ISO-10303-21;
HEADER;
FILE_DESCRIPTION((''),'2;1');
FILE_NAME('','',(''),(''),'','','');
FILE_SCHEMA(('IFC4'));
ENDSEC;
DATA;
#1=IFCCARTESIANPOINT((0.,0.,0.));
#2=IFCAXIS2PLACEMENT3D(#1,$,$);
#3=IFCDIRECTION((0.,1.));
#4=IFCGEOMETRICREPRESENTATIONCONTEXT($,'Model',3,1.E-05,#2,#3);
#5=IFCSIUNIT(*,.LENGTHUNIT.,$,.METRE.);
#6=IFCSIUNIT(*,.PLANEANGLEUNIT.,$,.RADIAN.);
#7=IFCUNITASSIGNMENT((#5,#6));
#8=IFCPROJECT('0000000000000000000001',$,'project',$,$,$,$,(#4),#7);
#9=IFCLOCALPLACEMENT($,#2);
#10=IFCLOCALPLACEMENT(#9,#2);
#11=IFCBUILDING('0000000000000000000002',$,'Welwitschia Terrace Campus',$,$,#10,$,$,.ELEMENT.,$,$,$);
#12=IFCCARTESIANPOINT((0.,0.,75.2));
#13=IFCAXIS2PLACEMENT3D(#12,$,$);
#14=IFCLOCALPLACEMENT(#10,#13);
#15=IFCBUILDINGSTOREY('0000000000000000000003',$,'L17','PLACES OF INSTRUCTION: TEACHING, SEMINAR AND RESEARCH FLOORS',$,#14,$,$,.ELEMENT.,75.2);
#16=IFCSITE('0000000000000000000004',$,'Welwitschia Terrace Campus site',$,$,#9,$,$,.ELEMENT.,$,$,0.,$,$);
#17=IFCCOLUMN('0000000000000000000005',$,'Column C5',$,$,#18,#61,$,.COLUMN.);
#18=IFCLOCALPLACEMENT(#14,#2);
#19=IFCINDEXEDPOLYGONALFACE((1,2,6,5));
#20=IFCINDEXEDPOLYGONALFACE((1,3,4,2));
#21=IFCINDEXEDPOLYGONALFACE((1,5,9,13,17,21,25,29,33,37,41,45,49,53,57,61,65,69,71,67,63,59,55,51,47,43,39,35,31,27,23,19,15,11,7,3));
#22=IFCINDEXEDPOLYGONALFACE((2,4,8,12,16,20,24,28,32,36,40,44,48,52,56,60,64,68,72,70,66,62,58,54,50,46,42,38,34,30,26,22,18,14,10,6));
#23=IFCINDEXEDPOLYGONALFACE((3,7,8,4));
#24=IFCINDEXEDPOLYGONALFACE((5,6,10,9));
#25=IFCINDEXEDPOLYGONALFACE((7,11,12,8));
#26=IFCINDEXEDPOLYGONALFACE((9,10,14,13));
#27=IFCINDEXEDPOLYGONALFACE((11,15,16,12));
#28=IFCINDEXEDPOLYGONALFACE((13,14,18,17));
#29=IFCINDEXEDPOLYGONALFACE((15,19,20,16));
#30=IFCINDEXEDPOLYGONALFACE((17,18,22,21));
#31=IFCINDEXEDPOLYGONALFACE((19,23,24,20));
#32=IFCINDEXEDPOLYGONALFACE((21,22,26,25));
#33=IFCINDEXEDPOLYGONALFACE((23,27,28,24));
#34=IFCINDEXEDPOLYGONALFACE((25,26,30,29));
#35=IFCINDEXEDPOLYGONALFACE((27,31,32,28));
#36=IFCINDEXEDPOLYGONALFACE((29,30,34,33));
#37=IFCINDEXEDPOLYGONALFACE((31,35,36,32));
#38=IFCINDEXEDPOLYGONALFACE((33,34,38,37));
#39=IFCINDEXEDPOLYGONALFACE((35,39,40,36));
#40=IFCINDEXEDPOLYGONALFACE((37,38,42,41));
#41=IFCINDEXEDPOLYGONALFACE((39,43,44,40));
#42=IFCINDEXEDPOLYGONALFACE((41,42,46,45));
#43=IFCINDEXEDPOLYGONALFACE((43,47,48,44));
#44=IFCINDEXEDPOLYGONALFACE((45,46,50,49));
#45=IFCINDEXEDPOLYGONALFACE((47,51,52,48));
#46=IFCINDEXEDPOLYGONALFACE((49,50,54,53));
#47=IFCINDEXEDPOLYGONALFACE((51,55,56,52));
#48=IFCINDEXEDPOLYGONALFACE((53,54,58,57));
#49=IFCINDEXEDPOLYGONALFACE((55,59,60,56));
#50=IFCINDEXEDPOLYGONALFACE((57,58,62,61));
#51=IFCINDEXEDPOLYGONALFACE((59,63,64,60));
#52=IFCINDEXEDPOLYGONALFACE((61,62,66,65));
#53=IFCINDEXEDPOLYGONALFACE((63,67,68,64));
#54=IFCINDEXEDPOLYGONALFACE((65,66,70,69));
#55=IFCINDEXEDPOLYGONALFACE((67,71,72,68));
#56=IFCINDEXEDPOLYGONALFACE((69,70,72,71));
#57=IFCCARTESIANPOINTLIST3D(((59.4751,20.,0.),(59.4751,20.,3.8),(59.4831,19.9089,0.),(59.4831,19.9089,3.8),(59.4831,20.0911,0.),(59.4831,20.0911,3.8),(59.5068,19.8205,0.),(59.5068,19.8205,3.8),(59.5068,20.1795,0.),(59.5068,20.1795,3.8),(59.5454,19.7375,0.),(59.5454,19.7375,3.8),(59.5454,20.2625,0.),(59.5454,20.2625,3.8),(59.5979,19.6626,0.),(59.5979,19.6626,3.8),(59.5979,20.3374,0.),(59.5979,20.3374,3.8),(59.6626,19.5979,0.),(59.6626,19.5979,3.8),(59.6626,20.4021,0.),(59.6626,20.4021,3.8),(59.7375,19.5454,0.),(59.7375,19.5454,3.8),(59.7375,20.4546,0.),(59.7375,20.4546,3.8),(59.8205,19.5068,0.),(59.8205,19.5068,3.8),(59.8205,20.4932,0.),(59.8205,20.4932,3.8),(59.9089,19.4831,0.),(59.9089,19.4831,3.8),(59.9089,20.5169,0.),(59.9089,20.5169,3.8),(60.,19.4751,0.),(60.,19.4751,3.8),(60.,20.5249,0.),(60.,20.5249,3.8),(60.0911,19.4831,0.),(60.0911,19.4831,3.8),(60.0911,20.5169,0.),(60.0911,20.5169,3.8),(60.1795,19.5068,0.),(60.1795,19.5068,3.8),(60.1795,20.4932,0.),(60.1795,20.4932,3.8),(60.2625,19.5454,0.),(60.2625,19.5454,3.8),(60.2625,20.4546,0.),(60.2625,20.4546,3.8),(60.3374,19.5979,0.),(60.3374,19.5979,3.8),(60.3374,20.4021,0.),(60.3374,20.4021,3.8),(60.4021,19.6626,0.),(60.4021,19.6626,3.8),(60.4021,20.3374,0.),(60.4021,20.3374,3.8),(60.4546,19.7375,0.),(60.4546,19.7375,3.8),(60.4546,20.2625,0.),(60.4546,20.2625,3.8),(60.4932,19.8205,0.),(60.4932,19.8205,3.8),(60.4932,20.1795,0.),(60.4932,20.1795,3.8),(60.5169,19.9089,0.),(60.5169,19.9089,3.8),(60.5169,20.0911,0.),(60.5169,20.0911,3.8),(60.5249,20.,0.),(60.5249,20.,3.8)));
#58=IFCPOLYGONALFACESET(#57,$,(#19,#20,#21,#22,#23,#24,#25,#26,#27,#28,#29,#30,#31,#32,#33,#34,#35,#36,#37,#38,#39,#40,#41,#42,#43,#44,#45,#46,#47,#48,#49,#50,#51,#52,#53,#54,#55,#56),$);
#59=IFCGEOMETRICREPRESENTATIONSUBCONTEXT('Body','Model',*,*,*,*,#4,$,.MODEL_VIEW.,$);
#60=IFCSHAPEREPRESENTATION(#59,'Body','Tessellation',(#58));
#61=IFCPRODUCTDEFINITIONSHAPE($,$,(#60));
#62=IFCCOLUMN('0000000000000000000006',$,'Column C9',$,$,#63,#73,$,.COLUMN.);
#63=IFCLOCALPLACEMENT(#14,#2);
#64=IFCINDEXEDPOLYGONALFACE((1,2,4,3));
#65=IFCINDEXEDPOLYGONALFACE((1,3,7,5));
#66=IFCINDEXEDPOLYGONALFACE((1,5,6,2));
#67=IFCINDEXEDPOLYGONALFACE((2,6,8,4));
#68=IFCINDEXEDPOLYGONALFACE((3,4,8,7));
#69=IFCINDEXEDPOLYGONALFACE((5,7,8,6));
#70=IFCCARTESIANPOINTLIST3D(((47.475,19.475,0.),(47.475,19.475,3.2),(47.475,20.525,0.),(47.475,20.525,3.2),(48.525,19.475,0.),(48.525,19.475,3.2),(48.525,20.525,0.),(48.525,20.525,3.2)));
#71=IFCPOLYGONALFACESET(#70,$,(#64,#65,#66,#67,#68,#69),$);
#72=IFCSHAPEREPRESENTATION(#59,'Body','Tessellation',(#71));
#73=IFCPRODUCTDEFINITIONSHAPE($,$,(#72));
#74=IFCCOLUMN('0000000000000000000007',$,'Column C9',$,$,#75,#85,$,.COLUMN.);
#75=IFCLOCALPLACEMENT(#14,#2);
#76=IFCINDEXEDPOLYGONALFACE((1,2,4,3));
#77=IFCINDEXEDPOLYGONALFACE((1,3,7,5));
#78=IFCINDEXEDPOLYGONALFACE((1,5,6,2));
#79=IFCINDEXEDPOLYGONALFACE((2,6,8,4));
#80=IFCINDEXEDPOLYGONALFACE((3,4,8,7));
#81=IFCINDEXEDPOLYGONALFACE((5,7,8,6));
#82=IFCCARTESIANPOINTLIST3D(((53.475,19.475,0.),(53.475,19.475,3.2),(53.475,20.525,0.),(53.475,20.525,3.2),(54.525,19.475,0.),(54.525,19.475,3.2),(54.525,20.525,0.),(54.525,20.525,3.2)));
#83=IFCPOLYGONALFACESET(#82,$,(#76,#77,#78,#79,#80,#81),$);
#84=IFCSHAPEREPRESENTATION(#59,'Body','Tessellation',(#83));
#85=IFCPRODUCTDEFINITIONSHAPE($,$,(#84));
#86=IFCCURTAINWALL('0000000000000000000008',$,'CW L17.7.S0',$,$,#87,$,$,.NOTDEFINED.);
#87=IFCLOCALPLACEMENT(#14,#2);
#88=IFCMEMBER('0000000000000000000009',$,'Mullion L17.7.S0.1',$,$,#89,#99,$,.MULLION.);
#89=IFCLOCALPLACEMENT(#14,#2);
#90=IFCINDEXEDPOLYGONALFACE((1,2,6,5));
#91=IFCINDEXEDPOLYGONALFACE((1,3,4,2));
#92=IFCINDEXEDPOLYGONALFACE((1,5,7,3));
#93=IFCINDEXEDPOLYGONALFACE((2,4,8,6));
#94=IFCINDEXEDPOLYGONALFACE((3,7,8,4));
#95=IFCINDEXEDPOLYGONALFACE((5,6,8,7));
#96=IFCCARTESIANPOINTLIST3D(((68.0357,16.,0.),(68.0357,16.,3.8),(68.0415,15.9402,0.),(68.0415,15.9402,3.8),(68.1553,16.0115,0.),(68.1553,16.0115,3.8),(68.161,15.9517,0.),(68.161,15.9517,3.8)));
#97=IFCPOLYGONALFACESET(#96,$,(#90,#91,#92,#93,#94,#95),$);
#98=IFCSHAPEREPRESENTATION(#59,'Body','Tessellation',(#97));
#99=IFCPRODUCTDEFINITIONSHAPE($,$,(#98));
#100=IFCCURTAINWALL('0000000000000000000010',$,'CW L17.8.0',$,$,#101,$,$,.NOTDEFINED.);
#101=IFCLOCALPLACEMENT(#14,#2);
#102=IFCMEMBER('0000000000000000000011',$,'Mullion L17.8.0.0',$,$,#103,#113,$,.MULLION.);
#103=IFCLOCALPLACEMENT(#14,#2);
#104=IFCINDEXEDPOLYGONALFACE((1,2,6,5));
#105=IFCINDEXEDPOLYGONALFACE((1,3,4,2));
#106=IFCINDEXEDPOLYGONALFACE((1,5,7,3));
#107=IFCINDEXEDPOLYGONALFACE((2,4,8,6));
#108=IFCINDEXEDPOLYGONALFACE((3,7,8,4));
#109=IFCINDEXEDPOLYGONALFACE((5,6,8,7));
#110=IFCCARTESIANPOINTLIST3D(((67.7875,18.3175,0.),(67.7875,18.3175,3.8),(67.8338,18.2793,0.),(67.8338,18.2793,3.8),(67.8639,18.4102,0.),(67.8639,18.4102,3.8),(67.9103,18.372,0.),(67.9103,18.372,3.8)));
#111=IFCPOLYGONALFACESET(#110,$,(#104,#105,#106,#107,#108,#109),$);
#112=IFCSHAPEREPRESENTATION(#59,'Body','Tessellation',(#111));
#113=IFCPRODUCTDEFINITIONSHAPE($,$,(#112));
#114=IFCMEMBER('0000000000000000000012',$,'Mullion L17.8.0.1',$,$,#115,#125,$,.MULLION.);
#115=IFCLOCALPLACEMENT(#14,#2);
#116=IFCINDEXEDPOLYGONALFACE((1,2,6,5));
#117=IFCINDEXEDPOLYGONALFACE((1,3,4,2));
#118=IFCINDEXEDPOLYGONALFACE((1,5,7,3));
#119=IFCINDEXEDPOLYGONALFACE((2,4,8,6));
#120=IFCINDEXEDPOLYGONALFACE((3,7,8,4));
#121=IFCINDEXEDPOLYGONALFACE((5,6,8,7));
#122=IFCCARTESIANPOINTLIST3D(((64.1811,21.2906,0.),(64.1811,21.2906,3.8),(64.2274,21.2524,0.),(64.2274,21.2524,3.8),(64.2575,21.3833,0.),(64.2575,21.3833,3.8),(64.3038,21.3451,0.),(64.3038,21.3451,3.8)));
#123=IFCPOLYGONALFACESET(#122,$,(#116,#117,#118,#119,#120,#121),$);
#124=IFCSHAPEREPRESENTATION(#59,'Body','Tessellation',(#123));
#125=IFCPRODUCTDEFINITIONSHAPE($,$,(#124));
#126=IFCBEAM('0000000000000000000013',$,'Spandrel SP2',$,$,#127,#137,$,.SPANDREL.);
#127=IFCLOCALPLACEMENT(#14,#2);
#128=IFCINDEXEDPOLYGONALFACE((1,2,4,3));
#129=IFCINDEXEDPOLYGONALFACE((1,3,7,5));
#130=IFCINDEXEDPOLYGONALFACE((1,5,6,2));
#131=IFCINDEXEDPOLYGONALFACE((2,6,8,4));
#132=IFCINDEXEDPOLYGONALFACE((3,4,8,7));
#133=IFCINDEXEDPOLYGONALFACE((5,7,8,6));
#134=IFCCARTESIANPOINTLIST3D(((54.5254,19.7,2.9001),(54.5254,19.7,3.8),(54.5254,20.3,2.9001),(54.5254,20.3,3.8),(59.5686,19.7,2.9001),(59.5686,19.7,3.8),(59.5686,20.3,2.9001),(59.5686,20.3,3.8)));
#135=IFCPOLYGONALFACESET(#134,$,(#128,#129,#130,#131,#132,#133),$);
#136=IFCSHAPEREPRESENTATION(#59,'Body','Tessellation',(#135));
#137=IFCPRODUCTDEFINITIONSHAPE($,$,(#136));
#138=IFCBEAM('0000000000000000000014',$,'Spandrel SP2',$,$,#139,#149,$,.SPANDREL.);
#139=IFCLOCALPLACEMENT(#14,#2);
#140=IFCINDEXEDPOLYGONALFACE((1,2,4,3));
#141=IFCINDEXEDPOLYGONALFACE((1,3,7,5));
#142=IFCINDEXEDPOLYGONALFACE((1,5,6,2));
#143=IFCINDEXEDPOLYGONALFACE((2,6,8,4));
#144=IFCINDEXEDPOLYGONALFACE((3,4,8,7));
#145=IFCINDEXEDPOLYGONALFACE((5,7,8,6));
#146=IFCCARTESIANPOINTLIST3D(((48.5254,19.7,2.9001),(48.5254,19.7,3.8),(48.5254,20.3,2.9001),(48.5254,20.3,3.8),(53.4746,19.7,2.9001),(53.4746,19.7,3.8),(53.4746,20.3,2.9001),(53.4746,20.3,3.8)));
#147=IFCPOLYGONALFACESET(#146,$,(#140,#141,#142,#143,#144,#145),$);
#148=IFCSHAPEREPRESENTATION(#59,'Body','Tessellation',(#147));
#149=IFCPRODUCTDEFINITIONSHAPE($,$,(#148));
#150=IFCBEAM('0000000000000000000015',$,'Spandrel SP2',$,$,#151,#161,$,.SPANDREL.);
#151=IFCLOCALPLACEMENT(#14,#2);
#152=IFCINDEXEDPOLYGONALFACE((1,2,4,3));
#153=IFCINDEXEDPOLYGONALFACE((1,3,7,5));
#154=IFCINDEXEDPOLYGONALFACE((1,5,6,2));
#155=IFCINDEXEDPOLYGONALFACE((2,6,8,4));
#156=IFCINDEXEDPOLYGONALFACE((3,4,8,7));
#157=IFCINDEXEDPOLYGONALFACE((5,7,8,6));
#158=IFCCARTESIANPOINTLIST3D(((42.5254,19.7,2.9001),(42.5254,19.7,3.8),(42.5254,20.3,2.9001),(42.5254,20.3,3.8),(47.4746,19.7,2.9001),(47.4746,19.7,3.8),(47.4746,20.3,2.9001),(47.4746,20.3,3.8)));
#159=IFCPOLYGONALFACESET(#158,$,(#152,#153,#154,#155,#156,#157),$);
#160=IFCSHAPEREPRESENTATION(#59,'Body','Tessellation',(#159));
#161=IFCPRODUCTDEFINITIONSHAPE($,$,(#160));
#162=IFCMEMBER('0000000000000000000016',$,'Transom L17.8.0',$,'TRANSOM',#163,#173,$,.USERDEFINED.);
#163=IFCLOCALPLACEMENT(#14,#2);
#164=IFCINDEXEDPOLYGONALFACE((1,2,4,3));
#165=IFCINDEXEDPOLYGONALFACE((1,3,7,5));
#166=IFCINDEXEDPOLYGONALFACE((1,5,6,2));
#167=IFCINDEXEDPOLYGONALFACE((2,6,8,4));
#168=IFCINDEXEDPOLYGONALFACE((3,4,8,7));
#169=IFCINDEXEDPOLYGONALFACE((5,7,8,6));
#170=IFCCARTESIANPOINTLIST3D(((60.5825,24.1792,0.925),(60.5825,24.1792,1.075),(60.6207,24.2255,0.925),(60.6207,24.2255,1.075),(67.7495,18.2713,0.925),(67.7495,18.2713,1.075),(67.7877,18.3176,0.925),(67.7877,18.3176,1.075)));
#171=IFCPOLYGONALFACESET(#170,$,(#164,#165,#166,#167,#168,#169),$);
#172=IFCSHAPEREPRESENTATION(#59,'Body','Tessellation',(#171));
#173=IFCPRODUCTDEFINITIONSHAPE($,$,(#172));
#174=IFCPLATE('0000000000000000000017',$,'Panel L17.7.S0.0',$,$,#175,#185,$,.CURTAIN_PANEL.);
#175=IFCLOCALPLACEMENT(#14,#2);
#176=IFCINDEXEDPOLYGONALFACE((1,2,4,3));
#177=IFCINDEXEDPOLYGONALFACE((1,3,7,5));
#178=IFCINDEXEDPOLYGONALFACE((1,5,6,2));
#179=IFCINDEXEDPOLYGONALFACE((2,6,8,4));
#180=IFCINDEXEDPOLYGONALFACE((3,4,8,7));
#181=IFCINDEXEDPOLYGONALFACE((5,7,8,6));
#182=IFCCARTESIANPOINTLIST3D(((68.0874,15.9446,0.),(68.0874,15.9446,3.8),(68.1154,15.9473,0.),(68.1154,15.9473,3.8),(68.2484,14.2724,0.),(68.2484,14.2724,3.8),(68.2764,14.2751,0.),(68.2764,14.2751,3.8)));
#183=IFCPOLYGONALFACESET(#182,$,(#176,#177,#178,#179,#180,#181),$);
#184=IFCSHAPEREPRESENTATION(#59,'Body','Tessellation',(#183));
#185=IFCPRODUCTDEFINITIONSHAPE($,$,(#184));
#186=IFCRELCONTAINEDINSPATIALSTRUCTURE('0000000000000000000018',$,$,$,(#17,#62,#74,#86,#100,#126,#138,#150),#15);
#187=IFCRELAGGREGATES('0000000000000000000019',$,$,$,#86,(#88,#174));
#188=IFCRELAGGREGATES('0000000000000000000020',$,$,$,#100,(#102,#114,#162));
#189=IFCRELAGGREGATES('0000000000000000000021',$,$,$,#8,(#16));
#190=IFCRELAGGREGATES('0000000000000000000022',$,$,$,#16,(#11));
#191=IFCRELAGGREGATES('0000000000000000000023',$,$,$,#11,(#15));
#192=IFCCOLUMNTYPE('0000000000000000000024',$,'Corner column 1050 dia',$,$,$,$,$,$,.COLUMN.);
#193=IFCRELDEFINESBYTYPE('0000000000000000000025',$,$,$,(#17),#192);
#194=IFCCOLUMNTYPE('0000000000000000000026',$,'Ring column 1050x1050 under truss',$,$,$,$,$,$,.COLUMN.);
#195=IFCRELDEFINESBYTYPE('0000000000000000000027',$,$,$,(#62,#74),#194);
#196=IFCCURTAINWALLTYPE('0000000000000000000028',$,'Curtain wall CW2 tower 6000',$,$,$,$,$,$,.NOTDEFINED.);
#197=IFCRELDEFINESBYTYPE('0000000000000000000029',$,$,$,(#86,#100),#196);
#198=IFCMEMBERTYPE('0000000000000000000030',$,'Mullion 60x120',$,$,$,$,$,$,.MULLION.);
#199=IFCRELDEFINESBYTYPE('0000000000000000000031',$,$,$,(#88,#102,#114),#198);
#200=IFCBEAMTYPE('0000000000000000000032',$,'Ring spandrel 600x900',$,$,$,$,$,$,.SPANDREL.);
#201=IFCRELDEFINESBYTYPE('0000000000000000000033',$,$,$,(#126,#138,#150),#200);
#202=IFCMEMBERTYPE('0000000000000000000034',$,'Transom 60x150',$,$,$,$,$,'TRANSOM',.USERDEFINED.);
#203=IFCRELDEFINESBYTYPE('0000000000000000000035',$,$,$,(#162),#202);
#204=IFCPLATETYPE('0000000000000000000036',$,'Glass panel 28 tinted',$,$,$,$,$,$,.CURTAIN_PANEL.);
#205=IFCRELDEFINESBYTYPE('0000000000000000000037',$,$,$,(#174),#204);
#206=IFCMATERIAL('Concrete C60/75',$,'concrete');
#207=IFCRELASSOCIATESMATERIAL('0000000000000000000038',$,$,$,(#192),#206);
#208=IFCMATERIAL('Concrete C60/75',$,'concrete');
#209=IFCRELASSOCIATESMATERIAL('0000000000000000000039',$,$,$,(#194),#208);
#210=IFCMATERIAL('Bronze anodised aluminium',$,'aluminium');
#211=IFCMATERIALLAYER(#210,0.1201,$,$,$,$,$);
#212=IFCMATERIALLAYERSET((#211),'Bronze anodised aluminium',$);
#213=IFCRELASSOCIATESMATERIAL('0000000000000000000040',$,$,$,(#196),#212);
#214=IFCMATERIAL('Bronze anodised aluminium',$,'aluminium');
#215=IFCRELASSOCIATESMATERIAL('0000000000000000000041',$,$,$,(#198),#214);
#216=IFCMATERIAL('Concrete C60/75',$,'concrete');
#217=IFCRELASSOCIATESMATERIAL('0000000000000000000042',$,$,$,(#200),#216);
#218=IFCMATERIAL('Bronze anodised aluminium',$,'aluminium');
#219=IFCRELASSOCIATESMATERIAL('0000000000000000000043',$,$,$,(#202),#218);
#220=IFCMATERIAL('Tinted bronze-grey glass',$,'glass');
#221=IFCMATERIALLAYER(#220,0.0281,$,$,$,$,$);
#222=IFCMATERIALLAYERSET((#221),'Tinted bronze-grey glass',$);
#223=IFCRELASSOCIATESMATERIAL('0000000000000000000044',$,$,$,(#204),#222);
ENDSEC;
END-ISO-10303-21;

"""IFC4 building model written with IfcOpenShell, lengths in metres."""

from ifc_helpers import new_model, si_unit, direction, frame, origin, origin_2d, place, context, subcontext, project, spatial, rectangle, circle, extrude, material, layer, layer_set, material_profile, profile_set, type_object, element, aggregate, save


model = new_model("IFC4")

# Units and contexts
model_context = context("Model", 3, precision=1e-05, world=origin(), true_north=direction((0.0, 1.0)))
body_context = subcontext(model_context, "Body", "Model", "MODEL_VIEW")
ifc_project = project(units=[si_unit("LENGTHUNIT", "METRE"), si_unit("PLANEANGLEUNIT", "RADIAN")], contexts=[model_context])

# Site, building, storey
site_placement = place(None, origin())
site = spatial("IfcSite", under=ifc_project, at=site_placement, Name="Welwitschia Terrace Campus site", CompositionType="ELEMENT", RefElevation=0.0)
building_placement = place(site_placement, origin())
building = spatial("IfcBuilding", under=site, at=building_placement, Name="Welwitschia Terrace Campus", CompositionType="ELEMENT")
storey_placement = place(building_placement, frame((0.0, 0.0, 75.2)))
storey = spatial("IfcBuildingStorey", under=building, at=storey_placement, Name="L17", Description="PLACES OF INSTRUCTION: TEACHING, SEMINAR AND RESEARCH FLOORS", CompositionType="ELEMENT", Elevation=75.2)

# Columns
ifc_material_1 = material(Name="Concrete C60/75", Category="concrete")
ifc_material_profile_1 = material_profile(ifc_material_1, circle(Radius=0.5249, at=origin_2d()))
ifc_profile_set_1 = profile_set([ifc_material_profile_1], Name="Concrete C60/75")
column_type_1 = type_object("IfcColumnType", Name="Corner column 1050 dia", PredefinedType="COLUMN", material=ifc_profile_set_1)
column_placement = place(storey_placement, frame((60.0, 20.0, 0.0), z_axis=(0.0, 0.0, 1.0), x_axis=(1.0, 0.0, 0.0)))
element("IfcColumn", 1, at=column_placement, inside=storey, type_object=column_type_1, Name="Column C5", PredefinedType="COLUMN", context=body_context, shape_type="SweptSolid", body=[
    extrude(circle(Radius=0.5249, at=origin_2d()), origin(), (0.0, 0.0, 1.0), 3.8),
])
ifc_material_2 = material(Name="Concrete C60/75", Category="concrete")
ifc_material_profile_2 = material_profile(ifc_material_2, rectangle(XDim=1.05, YDim=1.05, at=origin_2d()))
ifc_profile_set_2 = profile_set([ifc_material_profile_2], Name="Concrete C60/75")
column_type_2 = type_object("IfcColumnType", Name="Ring column 1050x1050 under truss", PredefinedType="COLUMN", material=ifc_profile_set_2)
for number, where, z_axis, x_axis, name in (
    (2, (48.0, 20.0, 0.0), (0.0, 0.0, 1.0), (1.0, 0.0, 0.0), "Column C9"),
    (3, (54.0, 20.0, 0.0), (0.0, 0.0, 1.0), (1.0, 0.0, 0.0), "Column C9"),
):
    element("IfcColumn", number, at=place(storey_placement, frame(where, z_axis=z_axis, x_axis=x_axis)), inside=storey, type_object=column_type_2, Name=name, PredefinedType="COLUMN", context=body_context, shape_type="SweptSolid", body=[
        extrude(rectangle(XDim=1.05, YDim=1.05, at=origin_2d()), origin(), (0.0, 0.0, 1.0), 3.2),
    ])

# Curtain wall, member
ifc_material_3 = material(Name="Bronze anodised aluminium", Category="aluminium")
ifc_layer_1 = layer(ifc_material_3, 0.1201)
ifc_layer_set_1 = layer_set([ifc_layer_1], Name="Bronze anodised aluminium")
curtain_wall_type = type_object("IfcCurtainWallType", Name="Curtain wall CW2 tower 6000", PredefinedType="NOTDEFINED", material=ifc_layer_set_1)
curtain_wall_1_placement = place(storey_placement, origin())
curtain_wall_1 = element("IfcCurtainWall", 4, at=curtain_wall_1_placement, inside=storey, type_object=curtain_wall_type, Name="CW L17.7.S0", PredefinedType="NOTDEFINED")
ifc_material_4 = material(Name="Bronze anodised aluminium", Category="aluminium")
ifc_material_profile_3 = material_profile(ifc_material_4, rectangle(XDim=0.1201, YDim=0.0601, at=origin_2d()))
ifc_profile_set_3 = profile_set([ifc_material_profile_3], Name="Bronze anodised aluminium")
member_type_1 = type_object("IfcMemberType", Name="Mullion 60x120", PredefinedType="MULLION", material=ifc_profile_set_3)
member_1_placement = place(storey_placement, frame((68.0984, 15.9758, 0.0), z_axis=(0.0, 0.0, 1.0), x_axis=(-0.995396, -0.095846, 0.0)))
member_1 = element("IfcMember", 5, at=member_1_placement, type_object=member_type_1, Name="Mullion L17.7.S0.1", PredefinedType="MULLION", context=body_context, shape_type="SweptSolid", body=[
    extrude(rectangle(XDim=0.1201, YDim=0.0601, at=origin_2d()), origin(), (0.0, 0.0, 1.0), 3.8),
])

# Curtain wall, members
curtain_wall_2_placement = place(storey_placement, origin())
curtain_wall_2 = element("IfcCurtainWall", 6, at=curtain_wall_2_placement, inside=storey, type_object=curtain_wall_type, Name="CW L17.8.0", PredefinedType="NOTDEFINED")
member_2_placement = place(storey_placement, frame((67.8489, 18.3447, 0.0), z_axis=(0.0, 0.0, 1.0), x_axis=(-0.636078, -0.771625, 0.0)))
member_2 = element("IfcMember", 7, at=member_2_placement, type_object=member_type_1, Name="Mullion L17.8.0.0", PredefinedType="MULLION", context=body_context, shape_type="SweptSolid", body=[
    extrude(rectangle(XDim=0.1201, YDim=0.0601, at=origin_2d()), origin(), (0.0, 0.0, 1.0), 3.8),
])
member_3_placement = place(storey_placement, frame((64.2424, 21.3179, 0.0), z_axis=(0.0, 0.0, 1.0), x_axis=(-0.636078, -0.771625, 0.0)))
member_3 = element("IfcMember", 8, at=member_3_placement, type_object=member_type_1, Name="Mullion L17.8.0.1", PredefinedType="MULLION", context=body_context, shape_type="SweptSolid", body=[
    extrude(rectangle(XDim=0.1201, YDim=0.0601, at=origin_2d()), origin(), (0.0, 0.0, 1.0), 3.8),
])

# Beams
ifc_material_5 = material(Name="Concrete C60/75", Category="concrete")
ifc_material_profile_4 = material_profile(ifc_material_5, rectangle(XDim=0.6001, YDim=0.8999, at=origin_2d()))
ifc_profile_set_4 = profile_set([ifc_material_profile_4], Name="Concrete C60/75")
beam_type = type_object("IfcBeamType", Name="Ring spandrel 600x900", PredefinedType="SPANDREL", material=ifc_profile_set_4)
beam_placement = place(storey_placement, frame((59.5686, 20.0, 3.3501), z_axis=(-1.0, 0.0, 0.0), x_axis=(0.0, -1.0, 0.0)))
element("IfcBeam", 9, at=beam_placement, inside=storey, type_object=beam_type, Name="Spandrel SP2", PredefinedType="SPANDREL", context=body_context, shape_type="SweptSolid", body=[
    extrude(rectangle(XDim=0.6001, YDim=0.8999, at=origin_2d()), origin(), (0.0, 0.0, 1.0), 5.0432),
])
for number, where, z_axis, x_axis, name in (
    (10, (53.4746, 20.0, 3.3501), (-1.0, 0.0, 0.0), (0.0, -1.0, 0.0), "Spandrel SP2"),
    (11, (47.4746, 20.0, 3.3501), (-1.0, 0.0, 0.0), (0.0, -1.0, 0.0), "Spandrel SP2"),
):
    element("IfcBeam", number, at=place(storey_placement, frame(where, z_axis=z_axis, x_axis=x_axis)), inside=storey, type_object=beam_type, Name=name, PredefinedType="SPANDREL", context=body_context, shape_type="SweptSolid", body=[
        extrude(rectangle(XDim=0.6001, YDim=0.8999, at=origin_2d()), origin(), (0.0, 0.0, 1.0), 4.9492),
    ])

# Member
ifc_material_6 = material(Name="Bronze anodised aluminium", Category="aluminium")
ifc_material_profile_5 = material_profile(ifc_material_6, rectangle(XDim=0.0601, YDim=0.1499, at=origin_2d()))
ifc_profile_set_5 = profile_set([ifc_material_profile_5], Name="Bronze anodised aluminium")
member_type_2 = type_object("IfcMemberType", Name="Transom 60x150", ElementType="TRANSOM", PredefinedType="USERDEFINED", material=ifc_profile_set_5)
member_4_placement = place(storey_placement, frame((67.7686, 18.2944, 1.0), z_axis=(-0.771627, 0.636075, 0.0), x_axis=(-0.636075, -0.771627, 0.0)))
member_4 = element("IfcMember", 12, at=member_4_placement, type_object=member_type_2, Name="Transom L17.8.0", ObjectType="TRANSOM", PredefinedType="USERDEFINED", context=body_context, shape_type="SweptSolid", body=[
    extrude(rectangle(XDim=0.0601, YDim=0.1499, at=origin_2d()), origin(), (0.0, 0.0, 1.0), 9.2881),
])

# Plate
ifc_material_7 = material(Name="Tinted bronze-grey glass", Category="glass")
ifc_layer_2 = layer(ifc_material_7, 0.0281)
ifc_layer_set_2 = layer_set([ifc_layer_2], Name="Tinted bronze-grey glass")
plate_type = type_object("IfcPlateType", Name="Glass panel 28 tinted", PredefinedType="CURTAIN_PANEL", material=ifc_layer_set_2)
plate_1_placement = place(storey_placement, frame((68.1819, 15.1099, 0.0), z_axis=(0.0, 0.0, 1.0), x_axis=(-0.095846, 0.995396, 0.0)))
plate_1 = element("IfcPlate", 13, at=plate_1_placement, type_object=plate_type, Name="Panel L17.7.S0.0", PredefinedType="CURTAIN_PANEL", context=body_context, shape_type="SweptSolid", body=[
    extrude(rectangle(XDim=1.6799, YDim=0.0281, at=origin_2d()), origin(), (0.0, 0.0, 1.0), 3.8),
])
aggregate(curtain_wall_1, [member_1, plate_1])
aggregate(curtain_wall_2, [member_2, member_3, member_4])

save(model, "model.ifc")
